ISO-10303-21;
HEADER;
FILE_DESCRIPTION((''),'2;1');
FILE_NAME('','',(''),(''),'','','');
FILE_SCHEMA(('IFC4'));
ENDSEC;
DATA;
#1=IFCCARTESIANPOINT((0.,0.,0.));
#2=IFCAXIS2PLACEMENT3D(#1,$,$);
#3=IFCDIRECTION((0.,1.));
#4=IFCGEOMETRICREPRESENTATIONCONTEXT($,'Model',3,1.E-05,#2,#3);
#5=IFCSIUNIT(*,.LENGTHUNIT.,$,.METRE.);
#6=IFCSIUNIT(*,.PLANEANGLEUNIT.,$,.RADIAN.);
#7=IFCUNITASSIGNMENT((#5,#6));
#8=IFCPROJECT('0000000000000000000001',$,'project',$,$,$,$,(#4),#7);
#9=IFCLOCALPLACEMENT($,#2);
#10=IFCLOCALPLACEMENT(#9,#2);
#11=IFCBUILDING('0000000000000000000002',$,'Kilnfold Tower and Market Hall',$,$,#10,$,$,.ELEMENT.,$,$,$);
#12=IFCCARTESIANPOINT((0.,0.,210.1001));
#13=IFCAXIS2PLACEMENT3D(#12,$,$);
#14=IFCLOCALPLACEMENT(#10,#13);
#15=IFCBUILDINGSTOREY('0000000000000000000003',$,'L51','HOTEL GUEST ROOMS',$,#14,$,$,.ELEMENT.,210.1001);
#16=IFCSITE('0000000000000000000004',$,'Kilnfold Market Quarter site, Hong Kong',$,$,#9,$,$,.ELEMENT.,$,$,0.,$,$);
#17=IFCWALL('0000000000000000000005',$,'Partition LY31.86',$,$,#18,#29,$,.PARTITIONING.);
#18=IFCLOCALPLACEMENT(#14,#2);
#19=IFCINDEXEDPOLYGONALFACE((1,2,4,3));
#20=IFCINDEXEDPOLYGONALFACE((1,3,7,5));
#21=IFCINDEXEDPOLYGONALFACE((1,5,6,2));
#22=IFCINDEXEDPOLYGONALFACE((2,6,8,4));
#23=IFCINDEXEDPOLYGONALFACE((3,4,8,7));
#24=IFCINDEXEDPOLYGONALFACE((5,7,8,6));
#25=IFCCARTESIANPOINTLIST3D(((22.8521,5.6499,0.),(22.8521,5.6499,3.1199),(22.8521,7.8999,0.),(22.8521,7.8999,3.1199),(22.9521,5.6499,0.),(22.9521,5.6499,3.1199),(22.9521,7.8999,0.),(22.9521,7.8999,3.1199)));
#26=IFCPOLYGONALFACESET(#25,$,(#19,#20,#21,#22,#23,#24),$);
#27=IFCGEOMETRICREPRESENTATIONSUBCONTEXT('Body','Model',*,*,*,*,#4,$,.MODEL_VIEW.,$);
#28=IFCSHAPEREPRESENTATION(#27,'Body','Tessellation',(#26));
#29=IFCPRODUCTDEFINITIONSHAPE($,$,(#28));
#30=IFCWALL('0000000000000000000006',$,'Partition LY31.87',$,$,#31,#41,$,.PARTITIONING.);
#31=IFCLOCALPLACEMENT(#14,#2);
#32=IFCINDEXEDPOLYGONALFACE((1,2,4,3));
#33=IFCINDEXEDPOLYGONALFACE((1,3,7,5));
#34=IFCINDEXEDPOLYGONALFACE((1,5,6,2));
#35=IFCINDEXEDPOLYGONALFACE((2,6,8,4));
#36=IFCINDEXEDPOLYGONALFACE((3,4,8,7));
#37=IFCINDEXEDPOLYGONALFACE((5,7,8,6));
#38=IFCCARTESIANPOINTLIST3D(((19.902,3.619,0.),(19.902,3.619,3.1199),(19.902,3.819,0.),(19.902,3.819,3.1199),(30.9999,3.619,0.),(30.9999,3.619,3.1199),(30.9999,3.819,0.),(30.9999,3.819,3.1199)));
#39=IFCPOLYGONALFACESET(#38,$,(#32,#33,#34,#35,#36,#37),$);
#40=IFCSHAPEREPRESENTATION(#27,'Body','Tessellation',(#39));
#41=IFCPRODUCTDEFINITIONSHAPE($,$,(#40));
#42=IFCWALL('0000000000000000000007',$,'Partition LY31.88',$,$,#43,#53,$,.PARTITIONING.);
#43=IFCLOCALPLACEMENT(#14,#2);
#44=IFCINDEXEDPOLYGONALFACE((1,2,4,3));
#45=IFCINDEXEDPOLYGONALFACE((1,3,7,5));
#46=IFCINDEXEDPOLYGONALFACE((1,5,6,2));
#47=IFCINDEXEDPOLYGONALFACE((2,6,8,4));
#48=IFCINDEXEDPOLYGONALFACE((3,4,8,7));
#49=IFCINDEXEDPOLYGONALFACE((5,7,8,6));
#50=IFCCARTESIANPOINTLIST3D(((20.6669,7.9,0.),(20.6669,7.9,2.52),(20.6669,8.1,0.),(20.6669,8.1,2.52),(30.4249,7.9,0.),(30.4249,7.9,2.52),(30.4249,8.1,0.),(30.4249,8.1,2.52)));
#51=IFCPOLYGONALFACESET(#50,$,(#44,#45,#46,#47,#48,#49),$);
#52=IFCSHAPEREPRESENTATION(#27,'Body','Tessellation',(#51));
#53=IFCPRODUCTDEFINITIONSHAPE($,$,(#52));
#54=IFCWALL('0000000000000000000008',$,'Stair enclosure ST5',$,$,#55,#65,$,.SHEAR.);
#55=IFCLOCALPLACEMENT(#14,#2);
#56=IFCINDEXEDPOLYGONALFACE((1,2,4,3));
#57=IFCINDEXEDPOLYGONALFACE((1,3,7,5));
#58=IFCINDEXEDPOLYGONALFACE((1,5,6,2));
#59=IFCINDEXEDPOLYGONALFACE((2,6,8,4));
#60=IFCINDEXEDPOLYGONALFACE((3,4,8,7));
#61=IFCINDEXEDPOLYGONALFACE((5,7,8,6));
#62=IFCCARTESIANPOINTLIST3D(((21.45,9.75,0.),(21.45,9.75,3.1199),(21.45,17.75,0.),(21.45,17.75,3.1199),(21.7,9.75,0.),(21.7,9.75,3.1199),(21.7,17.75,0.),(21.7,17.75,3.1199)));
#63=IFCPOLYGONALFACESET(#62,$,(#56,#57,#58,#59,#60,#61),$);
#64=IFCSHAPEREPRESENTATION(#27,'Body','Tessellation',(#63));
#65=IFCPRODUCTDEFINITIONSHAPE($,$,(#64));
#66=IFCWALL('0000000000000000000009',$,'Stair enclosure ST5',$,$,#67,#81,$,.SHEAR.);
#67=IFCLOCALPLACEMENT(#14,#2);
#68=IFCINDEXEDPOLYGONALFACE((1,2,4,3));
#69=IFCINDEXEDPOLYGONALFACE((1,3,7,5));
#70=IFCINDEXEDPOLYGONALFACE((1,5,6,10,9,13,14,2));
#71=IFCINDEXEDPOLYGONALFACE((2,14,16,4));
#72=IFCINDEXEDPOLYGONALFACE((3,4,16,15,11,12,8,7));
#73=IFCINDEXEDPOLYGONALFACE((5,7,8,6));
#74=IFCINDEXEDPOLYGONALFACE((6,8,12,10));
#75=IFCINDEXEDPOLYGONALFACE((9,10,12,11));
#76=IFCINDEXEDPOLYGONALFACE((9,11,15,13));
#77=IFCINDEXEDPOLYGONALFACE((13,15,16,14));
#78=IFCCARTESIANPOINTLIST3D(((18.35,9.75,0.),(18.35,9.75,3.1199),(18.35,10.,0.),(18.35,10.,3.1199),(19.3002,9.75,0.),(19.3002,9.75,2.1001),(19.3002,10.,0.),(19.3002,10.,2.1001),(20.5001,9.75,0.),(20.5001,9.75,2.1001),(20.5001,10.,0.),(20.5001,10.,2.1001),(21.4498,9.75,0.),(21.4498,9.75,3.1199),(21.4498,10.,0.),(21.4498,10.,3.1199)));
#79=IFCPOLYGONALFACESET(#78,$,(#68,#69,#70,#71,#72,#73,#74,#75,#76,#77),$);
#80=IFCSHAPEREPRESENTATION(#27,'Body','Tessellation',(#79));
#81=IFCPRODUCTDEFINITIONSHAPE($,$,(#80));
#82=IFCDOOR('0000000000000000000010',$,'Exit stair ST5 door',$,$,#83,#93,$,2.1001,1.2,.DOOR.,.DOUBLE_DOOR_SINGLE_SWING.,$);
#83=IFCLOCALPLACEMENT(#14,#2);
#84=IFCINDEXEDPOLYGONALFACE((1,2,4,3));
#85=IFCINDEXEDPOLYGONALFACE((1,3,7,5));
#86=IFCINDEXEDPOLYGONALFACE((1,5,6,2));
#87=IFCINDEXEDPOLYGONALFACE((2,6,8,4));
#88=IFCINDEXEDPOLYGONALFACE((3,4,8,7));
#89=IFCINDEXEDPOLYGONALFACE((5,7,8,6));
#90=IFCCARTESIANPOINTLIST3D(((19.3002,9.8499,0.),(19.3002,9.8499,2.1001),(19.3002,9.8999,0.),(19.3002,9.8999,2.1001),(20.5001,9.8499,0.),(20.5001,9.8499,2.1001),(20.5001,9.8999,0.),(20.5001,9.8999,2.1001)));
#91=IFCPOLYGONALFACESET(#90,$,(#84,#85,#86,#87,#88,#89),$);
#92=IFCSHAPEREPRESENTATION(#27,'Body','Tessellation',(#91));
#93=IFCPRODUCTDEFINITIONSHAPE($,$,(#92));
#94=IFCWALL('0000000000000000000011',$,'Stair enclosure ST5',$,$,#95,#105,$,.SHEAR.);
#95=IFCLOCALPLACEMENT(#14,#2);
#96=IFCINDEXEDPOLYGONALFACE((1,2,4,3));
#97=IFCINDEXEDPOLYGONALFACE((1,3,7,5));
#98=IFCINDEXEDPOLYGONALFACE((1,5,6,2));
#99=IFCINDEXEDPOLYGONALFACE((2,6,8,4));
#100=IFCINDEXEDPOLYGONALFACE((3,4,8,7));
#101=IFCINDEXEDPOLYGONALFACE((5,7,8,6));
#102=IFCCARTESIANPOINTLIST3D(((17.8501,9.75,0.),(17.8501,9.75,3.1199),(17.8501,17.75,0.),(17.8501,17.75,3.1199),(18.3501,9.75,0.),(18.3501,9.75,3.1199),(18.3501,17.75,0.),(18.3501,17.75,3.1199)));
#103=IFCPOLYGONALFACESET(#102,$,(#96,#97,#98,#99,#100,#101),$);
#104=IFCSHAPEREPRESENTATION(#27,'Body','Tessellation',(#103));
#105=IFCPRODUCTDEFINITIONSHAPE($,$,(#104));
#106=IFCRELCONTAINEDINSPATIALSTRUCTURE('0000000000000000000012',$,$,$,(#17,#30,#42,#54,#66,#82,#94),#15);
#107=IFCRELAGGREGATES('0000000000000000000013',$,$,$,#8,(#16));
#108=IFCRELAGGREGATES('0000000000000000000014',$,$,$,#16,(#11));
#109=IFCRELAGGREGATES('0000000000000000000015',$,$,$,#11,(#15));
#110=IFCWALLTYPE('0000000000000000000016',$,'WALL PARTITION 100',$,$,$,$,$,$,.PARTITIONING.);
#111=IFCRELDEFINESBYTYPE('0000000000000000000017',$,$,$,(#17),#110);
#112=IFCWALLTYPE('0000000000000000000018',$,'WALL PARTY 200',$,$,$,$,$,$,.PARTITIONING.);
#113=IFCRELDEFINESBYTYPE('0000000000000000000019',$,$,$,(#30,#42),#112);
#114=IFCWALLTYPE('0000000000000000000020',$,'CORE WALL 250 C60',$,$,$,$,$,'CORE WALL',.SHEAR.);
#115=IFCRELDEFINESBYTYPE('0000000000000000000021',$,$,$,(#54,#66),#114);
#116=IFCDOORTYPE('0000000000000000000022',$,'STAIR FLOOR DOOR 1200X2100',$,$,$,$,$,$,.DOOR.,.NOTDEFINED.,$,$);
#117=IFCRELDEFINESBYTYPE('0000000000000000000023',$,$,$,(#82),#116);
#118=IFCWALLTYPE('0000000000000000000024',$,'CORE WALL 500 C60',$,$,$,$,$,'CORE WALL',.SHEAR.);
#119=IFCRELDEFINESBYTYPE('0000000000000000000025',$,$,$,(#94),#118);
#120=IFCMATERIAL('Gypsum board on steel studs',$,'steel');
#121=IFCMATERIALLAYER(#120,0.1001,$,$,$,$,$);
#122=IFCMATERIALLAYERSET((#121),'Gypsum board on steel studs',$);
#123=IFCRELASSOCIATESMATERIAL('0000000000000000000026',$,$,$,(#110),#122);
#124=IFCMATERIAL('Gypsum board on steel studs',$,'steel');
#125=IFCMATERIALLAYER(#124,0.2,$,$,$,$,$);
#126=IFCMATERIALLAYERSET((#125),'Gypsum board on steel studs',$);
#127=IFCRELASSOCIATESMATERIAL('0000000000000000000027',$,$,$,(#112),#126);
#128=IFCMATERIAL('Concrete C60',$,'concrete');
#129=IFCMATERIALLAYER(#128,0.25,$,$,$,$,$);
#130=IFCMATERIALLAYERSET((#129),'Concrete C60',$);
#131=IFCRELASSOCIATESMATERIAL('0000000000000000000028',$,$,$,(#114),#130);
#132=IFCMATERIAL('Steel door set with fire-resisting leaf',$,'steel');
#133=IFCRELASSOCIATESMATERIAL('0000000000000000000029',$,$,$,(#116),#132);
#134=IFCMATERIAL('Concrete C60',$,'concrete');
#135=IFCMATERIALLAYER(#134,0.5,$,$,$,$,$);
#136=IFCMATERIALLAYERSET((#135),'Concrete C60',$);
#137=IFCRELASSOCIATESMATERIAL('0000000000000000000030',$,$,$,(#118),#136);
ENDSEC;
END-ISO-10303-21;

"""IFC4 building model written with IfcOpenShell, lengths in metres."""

from ifc_helpers import new_model, si_unit, direction, frame, frame_2d, origin, place, context, subcontext, project, spatial, rectangle, extrude, source, transform, mapped, material, layer, layer_set, type_object, element, fill, save


model = new_model("IFC4")

# Units and contexts
model_context = context("Model", 3, precision=1e-05, world=origin(), true_north=direction((0.0, 1.0)))
body_context = subcontext(model_context, "Body", "Model", "MODEL_VIEW")
ifc_project = project(units=[si_unit("LENGTHUNIT", "METRE"), si_unit("PLANEANGLEUNIT", "RADIAN")], contexts=[model_context])

# Site, building, storey
site_placement = place(None, origin())
site = spatial("IfcSite", under=ifc_project, at=site_placement, Name="Kilnfold Market Quarter site, Hong Kong", CompositionType="ELEMENT", RefElevation=0.0)
building_placement = place(site_placement, origin())
building = spatial("IfcBuilding", under=site, at=building_placement, Name="Kilnfold Tower and Market Hall", CompositionType="ELEMENT")
storey_placement = place(building_placement, frame((0.0, 0.0, 210.1001)))
storey = spatial("IfcBuildingStorey", under=building, at=storey_placement, Name="L51", Description="HOTEL GUEST ROOMS", CompositionType="ELEMENT", Elevation=210.1001)

# Shared definitions
ifc_material_1 = material(Name="Gypsum board on steel studs", Category="steel")
ifc_layer_1 = layer(ifc_material_1, 0.1001)
ifc_layer_set_1 = layer_set([ifc_layer_1], Name="Gypsum board on steel studs")
wall_type_1 = type_object("IfcWallType", Name="WALL PARTITION 100", PredefinedType="PARTITIONING", material=ifc_layer_set_1)

# Walls
wall_1_placement = place(storey_placement, frame((22.9021, 5.6499, 0.0), z_axis=(0.0, 0.0, 1.0), x_axis=(0.0, 1.0, 0.0)))
element("IfcWall", 1, at=wall_1_placement, inside=storey, type_object=wall_type_1, Name="Partition LY31.86", PredefinedType="PARTITIONING", context=body_context, shape_type="SweptSolid", body=[
    extrude(rectangle(XDim=2.25, YDim=0.1001, at=frame_2d((1.125, 0.0))), origin(), (0.0, 0.0, 1.0), 3.1199),
])
ifc_material_2 = material(Name="Gypsum board on steel studs", Category="steel")
ifc_layer_2 = layer(ifc_material_2, 0.2)
ifc_layer_set_2 = layer_set([ifc_layer_2], Name="Gypsum board on steel studs")
wall_type_2 = type_object("IfcWallType", Name="WALL PARTY 200", PredefinedType="PARTITIONING", material=ifc_layer_set_2)
wall_2_placement = place(storey_placement, frame((19.9021, 3.719, 0.0), z_axis=(0.0, 0.0, 1.0), x_axis=(1.0, 0.0, 0.0)))
element("IfcWall", 2, at=wall_2_placement, inside=storey, type_object=wall_type_2, Name="Partition LY31.87", PredefinedType="PARTITIONING", context=body_context, shape_type="SweptSolid", body=[
    extrude(rectangle(XDim=11.0979, YDim=0.2, at=frame_2d((5.5488, 0.0))), origin(), (0.0, 0.0, 1.0), 3.1199),
])
wall_3_placement = place(storey_placement, frame((20.667, 8.0, 0.0), z_axis=(0.0, 0.0, 1.0), x_axis=(1.0, 0.0, 0.0)))
element("IfcWall", 3, at=wall_3_placement, inside=storey, type_object=wall_type_2, Name="Partition LY31.88", PredefinedType="PARTITIONING", context=body_context, shape_type="SweptSolid", body=[
    extrude(rectangle(XDim=9.7581, YDim=0.2, at=frame_2d((4.8789, 0.0))), origin(), (0.0, 0.0, 1.0), 2.52),
])
ifc_material_3 = material(Name="Concrete C60", Category="concrete")
ifc_layer_3 = layer(ifc_material_3, 0.25)
ifc_layer_set_3 = layer_set([ifc_layer_3], Name="Concrete C60")
wall_type_3 = type_object("IfcWallType", Name="CORE WALL 250 C60", ElementType="CORE WALL", PredefinedType="SHEAR", material=ifc_layer_set_3)
shared_shape_1 = source(origin(), body_context, "Body", "SweptSolid", [
    extrude(rectangle(XDim=8.0, YDim=0.25, at=frame_2d((4.0, 0.0))), origin(), (0.0, 0.0, 1.0), 3.1199),
])
wall_4_placement = place(storey_placement, frame((21.575, 9.75, 0.0), z_axis=(0.0, 0.0, 1.0), x_axis=(0.0, 1.0, 0.0)))
element("IfcWall", 4, at=wall_4_placement, inside=storey, type_object=wall_type_3, Name="Stair enclosure ST5", PredefinedType="SHEAR", context=body_context, shape_type="MappedRepresentation", body=[
    mapped(shared_shape_1, transform((0.0, 0.0, 0.0))),
])

# Wall, opening, door
shared_shape_2 = source(origin(), body_context, "Body", "SweptSolid", [
    extrude(rectangle(XDim=3.0999, YDim=0.25, at=frame_2d((1.5498, 0.0))), origin(), (0.0, 0.0, 1.0), 3.1199),
])
wall_5_placement = place(storey_placement, frame((18.3501, 9.875, 0.0), z_axis=(0.0, 0.0, 1.0), x_axis=(1.0, 0.0, 0.0)))
wall_5 = element("IfcWall", 5, at=wall_5_placement, inside=storey, type_object=wall_type_3, Name="Stair enclosure ST5", PredefinedType="SHEAR", context=body_context, shape_type="MappedRepresentation", body=[
    mapped(shared_shape_2, transform((0.0, 0.0, 0.0))),
])
opening_1_placement = place(wall_5_placement, frame((0.95, 0.0, 0.0)))
opening_1 = element("IfcOpeningElement", 6, at=opening_1_placement, cuts=wall_5, PredefinedType="OPENING", context=body_context, shape_type="SweptSolid", body=[
    extrude(rectangle(XDim=1.2, YDim=2.1001, at=frame_2d((0.6001, 1.05))), frame((0.0, 0.135, 0.0), z_axis=(0.0, -1.0, 0.0), x_axis=(1.0, 0.0, 0.0)), (0.0, 0.0, 1.0), 0.27),
])
ifc_material_4 = material(Name="Steel door set with fire-resisting leaf", Category="steel")
door_type_1 = type_object("IfcDoorType", Name="STAIR FLOOR DOOR 1200X2100", OperationType="NOTDEFINED", PredefinedType="DOOR", material=ifc_material_4)
door_1_placement = place(opening_1_placement, origin())
door_1 = element("IfcDoor", 7, at=door_1_placement, inside=storey, type_object=door_type_1, Name="Exit stair ST5 door", OperationType="DOUBLE_DOOR_SINGLE_SWING", OverallHeight=2.1001, OverallWidth=1.2, PredefinedType="DOOR", context=body_context, shape_type="SweptSolid", body=[
    extrude(rectangle(XDim=1.2, YDim=2.1001, at=frame_2d((0.6001, 1.05))), frame((0.0, 0.0249, 0.0), z_axis=(0.0, -1.0, 0.0), x_axis=(1.0, 0.0, 0.0)), (0.0, 0.0, 1.0), 0.05),
])
fill(opening_1, door_1)

# Wall
ifc_material_5 = material(Name="Concrete C60", Category="concrete")
ifc_layer_4 = layer(ifc_material_5, 0.5)
ifc_layer_set_4 = layer_set([ifc_layer_4], Name="Concrete C60")
wall_type_4 = type_object("IfcWallType", Name="CORE WALL 500 C60", ElementType="CORE WALL", PredefinedType="SHEAR", material=ifc_layer_set_4)
shared_shape_3 = source(origin(), body_context, "Body", "SweptSolid", [
    extrude(rectangle(XDim=8.0, YDim=0.5, at=frame_2d((4.0, 0.0))), origin(), (0.0, 0.0, 1.0), 3.1199),
])
wall_6_placement = place(storey_placement, frame((18.1001, 9.75, 0.0), z_axis=(0.0, 0.0, 1.0), x_axis=(0.0, 1.0, 0.0)))
element("IfcWall", 8, at=wall_6_placement, inside=storey, type_object=wall_type_4, Name="Stair enclosure ST5", PredefinedType="SHEAR", context=body_context, shape_type="MappedRepresentation", body=[
    mapped(shared_shape_3, transform((0.0, 0.0, 0.0))),
])

save(model, "model.ifc")
